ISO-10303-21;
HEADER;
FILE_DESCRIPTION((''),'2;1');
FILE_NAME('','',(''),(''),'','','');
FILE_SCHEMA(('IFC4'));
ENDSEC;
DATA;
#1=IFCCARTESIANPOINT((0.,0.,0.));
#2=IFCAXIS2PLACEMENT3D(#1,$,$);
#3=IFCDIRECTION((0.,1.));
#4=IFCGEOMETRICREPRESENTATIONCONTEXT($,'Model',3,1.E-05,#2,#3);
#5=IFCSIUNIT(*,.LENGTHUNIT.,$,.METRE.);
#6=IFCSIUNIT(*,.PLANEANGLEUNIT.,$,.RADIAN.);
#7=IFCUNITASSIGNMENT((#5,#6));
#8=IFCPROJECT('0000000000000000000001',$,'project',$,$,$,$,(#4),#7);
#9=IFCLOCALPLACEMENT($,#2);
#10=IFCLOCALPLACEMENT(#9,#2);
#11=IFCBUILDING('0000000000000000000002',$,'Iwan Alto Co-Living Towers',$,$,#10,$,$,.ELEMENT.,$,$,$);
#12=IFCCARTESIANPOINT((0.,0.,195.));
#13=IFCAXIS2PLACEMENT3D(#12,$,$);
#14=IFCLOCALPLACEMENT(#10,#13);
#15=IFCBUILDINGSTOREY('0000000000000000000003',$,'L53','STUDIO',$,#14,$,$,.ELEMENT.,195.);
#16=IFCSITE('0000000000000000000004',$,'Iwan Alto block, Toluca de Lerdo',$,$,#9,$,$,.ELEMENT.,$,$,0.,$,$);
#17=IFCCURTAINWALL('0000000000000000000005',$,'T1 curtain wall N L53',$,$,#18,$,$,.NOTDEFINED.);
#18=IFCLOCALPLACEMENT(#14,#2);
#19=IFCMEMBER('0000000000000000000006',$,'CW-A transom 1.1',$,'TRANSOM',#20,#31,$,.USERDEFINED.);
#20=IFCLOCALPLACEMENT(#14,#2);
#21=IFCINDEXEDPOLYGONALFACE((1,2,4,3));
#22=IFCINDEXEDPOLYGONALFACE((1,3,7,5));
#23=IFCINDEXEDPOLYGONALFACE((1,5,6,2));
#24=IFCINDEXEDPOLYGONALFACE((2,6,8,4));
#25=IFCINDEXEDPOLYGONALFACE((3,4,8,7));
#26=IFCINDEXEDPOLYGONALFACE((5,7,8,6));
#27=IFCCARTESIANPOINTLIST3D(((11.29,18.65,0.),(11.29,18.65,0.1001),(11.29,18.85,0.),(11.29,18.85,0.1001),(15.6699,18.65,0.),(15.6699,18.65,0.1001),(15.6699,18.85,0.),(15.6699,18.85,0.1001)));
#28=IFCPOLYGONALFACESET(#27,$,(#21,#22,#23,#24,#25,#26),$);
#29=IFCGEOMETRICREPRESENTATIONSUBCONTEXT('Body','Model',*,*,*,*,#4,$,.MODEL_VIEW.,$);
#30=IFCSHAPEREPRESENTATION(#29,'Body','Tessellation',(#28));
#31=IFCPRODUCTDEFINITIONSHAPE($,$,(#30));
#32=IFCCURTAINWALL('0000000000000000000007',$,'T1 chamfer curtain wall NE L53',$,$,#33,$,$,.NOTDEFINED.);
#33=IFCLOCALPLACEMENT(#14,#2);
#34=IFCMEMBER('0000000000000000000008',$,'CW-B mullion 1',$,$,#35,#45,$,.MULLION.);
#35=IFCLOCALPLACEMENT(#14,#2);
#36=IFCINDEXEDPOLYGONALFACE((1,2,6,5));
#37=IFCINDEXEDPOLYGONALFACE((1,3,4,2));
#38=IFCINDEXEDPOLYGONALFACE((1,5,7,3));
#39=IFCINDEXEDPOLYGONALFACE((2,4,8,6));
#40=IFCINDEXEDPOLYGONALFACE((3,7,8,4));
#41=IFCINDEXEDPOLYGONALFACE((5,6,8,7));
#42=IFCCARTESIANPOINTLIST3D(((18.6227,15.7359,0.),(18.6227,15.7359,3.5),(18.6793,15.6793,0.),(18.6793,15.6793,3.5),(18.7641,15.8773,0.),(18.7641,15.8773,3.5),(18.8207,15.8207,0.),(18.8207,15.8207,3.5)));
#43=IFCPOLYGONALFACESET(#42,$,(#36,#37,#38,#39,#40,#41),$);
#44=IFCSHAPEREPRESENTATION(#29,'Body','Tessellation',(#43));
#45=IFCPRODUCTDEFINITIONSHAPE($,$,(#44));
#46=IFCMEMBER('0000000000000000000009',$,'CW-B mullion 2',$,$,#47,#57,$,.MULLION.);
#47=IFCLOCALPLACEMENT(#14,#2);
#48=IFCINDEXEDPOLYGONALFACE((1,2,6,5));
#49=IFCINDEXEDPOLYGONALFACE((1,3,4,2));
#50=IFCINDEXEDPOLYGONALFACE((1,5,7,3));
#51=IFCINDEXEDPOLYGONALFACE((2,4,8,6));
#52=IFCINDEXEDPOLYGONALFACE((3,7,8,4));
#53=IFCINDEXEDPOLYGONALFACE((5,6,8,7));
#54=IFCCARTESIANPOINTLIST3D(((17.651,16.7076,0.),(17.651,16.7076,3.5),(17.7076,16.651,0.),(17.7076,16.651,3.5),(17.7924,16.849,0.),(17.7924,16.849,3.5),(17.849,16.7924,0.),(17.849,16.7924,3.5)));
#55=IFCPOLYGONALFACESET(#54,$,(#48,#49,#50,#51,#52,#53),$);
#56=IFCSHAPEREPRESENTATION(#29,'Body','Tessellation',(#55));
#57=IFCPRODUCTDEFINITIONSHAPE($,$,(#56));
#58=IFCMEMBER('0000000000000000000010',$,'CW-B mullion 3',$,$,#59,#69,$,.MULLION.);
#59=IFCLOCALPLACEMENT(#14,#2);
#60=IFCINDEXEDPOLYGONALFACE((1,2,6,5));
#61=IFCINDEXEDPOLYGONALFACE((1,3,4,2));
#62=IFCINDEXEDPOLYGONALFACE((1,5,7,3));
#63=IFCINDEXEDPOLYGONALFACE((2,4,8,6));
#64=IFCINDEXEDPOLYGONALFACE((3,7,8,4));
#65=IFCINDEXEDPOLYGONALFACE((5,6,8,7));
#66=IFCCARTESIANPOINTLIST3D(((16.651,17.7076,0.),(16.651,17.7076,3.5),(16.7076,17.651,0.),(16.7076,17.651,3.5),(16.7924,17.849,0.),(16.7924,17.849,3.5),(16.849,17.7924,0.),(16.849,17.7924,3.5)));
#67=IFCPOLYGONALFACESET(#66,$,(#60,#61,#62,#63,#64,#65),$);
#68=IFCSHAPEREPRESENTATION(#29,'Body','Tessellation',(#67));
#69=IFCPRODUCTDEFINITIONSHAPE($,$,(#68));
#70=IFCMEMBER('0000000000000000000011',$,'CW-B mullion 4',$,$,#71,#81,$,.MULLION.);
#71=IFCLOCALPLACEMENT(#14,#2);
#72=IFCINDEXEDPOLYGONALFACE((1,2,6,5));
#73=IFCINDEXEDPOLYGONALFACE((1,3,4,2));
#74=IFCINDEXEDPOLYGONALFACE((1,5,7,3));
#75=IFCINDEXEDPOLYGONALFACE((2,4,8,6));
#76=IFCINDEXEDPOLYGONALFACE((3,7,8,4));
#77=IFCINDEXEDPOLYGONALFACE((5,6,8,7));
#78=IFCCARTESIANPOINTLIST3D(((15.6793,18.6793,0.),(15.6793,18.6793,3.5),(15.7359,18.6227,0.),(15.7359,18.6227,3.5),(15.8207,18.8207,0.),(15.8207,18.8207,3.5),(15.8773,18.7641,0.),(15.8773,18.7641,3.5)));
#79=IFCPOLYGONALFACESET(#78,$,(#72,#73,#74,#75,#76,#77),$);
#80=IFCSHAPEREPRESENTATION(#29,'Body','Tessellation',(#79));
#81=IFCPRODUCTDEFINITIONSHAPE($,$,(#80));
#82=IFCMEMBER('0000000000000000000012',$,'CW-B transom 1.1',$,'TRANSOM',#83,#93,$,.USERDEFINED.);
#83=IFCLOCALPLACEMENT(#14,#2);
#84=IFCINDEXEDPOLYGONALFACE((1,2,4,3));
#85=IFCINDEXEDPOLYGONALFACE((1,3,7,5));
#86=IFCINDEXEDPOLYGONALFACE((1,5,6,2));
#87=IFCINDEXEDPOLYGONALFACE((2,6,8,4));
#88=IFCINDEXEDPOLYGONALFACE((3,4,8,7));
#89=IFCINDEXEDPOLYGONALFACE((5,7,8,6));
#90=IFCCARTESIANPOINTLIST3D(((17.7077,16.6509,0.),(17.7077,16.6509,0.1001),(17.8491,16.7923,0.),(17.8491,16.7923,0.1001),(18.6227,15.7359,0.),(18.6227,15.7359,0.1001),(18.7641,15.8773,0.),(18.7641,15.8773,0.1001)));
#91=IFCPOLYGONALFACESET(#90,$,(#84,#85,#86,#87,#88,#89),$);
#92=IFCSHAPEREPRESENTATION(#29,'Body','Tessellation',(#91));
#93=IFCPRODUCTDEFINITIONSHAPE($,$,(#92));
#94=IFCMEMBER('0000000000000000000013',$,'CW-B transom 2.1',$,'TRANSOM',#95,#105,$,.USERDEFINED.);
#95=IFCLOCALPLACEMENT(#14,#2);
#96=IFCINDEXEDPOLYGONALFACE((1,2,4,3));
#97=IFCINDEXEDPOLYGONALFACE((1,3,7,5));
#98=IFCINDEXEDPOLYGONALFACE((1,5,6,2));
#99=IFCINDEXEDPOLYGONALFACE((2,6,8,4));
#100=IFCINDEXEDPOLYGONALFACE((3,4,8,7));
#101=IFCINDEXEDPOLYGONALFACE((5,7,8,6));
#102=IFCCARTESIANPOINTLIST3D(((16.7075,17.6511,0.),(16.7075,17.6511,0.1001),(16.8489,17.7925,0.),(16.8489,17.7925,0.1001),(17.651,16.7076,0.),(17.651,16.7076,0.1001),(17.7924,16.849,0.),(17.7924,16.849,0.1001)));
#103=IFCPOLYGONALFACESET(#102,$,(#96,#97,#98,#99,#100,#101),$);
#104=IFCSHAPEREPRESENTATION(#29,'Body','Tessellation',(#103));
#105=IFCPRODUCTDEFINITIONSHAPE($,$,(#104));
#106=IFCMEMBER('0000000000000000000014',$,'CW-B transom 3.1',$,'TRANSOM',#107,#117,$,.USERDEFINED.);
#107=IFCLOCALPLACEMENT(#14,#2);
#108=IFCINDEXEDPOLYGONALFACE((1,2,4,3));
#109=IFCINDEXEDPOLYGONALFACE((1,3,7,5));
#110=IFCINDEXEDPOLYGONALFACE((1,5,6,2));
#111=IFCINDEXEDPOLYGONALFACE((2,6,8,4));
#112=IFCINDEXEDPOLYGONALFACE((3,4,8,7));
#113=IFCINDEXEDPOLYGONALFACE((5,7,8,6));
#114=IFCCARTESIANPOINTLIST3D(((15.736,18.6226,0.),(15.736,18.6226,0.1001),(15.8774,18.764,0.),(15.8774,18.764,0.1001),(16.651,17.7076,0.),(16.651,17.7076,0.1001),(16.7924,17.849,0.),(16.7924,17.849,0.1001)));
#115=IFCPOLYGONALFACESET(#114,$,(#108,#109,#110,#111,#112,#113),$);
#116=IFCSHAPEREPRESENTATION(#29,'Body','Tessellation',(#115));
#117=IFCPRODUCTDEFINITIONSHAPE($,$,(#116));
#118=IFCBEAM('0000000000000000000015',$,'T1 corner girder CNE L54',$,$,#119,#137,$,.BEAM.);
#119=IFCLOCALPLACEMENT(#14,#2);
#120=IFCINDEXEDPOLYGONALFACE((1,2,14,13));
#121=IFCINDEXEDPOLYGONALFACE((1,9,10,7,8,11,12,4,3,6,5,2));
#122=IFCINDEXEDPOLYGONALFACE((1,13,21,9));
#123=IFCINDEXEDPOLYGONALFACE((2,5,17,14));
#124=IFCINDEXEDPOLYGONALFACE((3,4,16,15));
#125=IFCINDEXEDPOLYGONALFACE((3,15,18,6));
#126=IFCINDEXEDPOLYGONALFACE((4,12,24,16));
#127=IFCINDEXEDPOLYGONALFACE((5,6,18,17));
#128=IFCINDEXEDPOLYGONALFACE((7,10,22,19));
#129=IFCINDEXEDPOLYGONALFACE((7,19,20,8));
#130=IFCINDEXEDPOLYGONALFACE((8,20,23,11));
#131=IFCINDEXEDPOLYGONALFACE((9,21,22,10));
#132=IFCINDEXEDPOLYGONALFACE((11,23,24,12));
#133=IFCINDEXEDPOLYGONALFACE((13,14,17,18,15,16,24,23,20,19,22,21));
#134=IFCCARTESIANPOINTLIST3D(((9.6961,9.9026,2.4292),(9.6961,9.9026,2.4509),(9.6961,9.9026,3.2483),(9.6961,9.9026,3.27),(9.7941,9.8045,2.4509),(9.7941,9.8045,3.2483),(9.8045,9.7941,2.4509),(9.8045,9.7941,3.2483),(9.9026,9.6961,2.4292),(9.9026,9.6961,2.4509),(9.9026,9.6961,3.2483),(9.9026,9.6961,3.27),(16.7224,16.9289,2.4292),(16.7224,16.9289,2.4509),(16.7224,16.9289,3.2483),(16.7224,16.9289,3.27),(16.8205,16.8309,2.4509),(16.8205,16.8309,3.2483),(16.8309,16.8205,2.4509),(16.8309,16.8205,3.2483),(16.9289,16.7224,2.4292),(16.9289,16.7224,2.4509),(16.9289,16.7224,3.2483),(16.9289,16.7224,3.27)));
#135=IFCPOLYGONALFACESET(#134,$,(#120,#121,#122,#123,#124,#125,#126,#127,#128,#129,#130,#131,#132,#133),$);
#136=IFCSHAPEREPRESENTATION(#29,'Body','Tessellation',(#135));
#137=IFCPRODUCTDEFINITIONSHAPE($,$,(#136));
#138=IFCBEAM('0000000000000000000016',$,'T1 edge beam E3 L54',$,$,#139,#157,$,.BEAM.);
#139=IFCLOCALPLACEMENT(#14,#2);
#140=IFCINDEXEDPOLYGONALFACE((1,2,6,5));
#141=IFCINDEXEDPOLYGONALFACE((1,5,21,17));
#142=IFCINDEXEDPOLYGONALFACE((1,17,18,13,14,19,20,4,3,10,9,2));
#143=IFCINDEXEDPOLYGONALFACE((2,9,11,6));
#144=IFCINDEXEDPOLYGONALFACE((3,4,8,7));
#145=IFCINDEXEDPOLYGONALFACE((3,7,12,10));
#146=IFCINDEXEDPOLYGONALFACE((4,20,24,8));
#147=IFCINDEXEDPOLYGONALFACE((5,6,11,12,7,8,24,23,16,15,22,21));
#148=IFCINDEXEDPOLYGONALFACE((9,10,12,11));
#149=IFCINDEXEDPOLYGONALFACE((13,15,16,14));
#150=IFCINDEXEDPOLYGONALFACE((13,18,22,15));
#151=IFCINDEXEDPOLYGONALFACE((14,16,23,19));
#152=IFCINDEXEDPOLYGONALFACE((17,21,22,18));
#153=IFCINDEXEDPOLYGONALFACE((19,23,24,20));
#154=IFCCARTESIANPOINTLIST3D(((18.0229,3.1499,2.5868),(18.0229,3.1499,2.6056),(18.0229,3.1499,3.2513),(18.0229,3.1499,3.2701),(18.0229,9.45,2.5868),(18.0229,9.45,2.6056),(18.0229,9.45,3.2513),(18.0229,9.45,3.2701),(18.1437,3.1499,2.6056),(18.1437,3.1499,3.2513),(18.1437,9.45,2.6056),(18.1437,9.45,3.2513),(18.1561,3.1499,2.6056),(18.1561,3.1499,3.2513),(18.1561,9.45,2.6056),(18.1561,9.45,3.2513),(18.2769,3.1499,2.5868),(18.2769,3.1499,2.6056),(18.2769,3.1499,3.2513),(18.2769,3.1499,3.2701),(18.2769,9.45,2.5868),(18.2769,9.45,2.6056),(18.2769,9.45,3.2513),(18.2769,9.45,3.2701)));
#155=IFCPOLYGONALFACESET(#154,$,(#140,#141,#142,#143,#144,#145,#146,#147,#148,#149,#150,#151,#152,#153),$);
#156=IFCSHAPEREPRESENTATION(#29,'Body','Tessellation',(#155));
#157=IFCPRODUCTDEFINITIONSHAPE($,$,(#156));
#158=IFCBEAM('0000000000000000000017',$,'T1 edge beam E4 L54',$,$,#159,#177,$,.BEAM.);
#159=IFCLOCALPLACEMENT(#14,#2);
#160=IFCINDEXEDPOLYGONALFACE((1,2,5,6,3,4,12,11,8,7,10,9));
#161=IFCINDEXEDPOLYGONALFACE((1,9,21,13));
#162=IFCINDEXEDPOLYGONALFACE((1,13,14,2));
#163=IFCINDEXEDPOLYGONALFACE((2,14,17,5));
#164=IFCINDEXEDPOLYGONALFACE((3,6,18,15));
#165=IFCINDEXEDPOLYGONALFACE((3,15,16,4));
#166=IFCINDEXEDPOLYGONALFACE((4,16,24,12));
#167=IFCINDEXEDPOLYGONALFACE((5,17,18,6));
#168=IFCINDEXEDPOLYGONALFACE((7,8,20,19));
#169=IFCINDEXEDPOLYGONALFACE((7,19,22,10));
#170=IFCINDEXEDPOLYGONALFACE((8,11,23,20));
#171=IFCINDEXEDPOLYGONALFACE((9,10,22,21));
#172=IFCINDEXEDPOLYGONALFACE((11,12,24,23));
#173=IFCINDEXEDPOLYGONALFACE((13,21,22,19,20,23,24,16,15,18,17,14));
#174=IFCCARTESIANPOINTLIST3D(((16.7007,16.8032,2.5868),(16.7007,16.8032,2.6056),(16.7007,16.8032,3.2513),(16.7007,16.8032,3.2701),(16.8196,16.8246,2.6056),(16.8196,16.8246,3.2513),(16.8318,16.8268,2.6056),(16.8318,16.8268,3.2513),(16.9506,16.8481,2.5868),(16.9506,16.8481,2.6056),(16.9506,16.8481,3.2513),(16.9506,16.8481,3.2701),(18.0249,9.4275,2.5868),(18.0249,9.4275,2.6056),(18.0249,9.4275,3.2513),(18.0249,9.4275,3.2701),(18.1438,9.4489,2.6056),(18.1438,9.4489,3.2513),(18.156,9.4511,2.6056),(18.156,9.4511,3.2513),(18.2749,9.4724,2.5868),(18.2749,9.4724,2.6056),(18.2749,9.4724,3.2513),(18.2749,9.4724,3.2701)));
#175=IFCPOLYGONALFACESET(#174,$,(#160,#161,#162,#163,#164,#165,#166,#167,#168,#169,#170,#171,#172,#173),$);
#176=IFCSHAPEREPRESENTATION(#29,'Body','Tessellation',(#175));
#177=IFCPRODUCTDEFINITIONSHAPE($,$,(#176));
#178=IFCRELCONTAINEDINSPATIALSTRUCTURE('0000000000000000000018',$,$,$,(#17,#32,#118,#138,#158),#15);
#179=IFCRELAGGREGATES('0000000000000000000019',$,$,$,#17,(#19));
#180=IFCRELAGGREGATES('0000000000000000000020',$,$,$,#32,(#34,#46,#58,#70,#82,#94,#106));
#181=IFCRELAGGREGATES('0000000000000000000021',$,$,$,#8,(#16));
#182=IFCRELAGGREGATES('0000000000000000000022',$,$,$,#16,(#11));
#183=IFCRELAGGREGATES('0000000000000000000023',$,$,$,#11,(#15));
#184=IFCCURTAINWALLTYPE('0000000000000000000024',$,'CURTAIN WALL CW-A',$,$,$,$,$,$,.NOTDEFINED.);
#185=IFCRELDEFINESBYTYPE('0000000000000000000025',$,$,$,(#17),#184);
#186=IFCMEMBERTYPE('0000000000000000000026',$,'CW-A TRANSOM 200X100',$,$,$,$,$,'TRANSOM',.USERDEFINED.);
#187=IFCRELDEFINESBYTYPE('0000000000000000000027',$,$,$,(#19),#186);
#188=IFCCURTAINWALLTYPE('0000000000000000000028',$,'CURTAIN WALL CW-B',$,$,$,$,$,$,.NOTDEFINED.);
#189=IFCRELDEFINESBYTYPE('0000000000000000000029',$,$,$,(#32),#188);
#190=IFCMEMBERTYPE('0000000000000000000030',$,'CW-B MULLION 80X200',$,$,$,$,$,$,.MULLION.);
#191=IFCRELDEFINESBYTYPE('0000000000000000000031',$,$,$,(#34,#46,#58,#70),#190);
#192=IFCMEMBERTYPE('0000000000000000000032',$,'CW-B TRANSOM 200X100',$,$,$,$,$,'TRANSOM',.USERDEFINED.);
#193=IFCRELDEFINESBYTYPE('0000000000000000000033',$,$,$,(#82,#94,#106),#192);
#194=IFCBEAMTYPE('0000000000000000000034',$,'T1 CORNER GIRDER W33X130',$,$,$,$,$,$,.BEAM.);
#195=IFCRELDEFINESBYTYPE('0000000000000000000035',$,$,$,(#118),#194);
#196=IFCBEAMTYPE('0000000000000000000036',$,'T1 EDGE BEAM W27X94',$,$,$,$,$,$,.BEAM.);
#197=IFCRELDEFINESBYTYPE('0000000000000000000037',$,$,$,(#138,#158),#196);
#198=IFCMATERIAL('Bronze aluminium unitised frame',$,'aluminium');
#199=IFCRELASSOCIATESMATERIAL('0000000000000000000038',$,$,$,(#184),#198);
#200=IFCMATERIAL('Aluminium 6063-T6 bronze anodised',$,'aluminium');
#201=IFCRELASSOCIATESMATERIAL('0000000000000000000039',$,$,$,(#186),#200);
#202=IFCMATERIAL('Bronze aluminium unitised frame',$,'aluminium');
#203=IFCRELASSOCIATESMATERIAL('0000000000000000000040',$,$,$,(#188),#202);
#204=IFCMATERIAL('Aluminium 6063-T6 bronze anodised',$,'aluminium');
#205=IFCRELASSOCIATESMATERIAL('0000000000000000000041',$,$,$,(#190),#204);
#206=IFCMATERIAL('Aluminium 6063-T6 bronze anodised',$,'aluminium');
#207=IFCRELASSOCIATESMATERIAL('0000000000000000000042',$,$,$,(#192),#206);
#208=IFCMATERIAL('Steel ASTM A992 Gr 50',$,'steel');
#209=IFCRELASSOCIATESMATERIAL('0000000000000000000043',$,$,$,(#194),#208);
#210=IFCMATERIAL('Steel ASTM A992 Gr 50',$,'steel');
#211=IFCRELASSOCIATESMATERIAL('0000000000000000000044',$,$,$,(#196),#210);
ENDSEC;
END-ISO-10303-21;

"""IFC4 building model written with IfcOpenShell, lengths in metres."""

from ifc_helpers import new_model, si_unit, direction, frame, origin, origin_2d, place, context, subcontext, project, spatial, rectangle, i_section, extrude, material, material_profile, profile_set, type_object, element, aggregate, save


model = new_model("IFC4")

# Units and contexts
model_context = context("Model", 3, precision=1e-05, world=origin(), true_north=direction((0.0, 1.0)))
body_context = subcontext(model_context, "Body", "Model", "MODEL_VIEW")
ifc_project = project(units=[si_unit("LENGTHUNIT", "METRE"), si_unit("PLANEANGLEUNIT", "RADIAN")], contexts=[model_context])

# Site, building, storey
site_placement = place(None, origin())
site = spatial("IfcSite", under=ifc_project, at=site_placement, Name="Iwan Alto block, Toluca de Lerdo", CompositionType="ELEMENT", RefElevation=0.0)
building_placement = place(site_placement, origin())
building = spatial("IfcBuilding", under=site, at=building_placement, Name="Iwan Alto Co-Living Towers", CompositionType="ELEMENT")
storey_placement = place(building_placement, frame((0.0, 0.0, 195.0)))
storey = spatial("IfcBuildingStorey", under=building, at=storey_placement, Name="L53", Description="STUDIO", CompositionType="ELEMENT", Elevation=195.0)

# Shared definitions
ifc_material_1 = material(Name="Bronze aluminium unitised frame", Category="aluminium")
curtain_wall_type_1 = type_object("IfcCurtainWallType", Name="CURTAIN WALL CW-A", PredefinedType="NOTDEFINED", material=ifc_material_1)

# Curtain wall
curtain_wall_1_placement = place(storey_placement, origin())
curtain_wall_1 = element("IfcCurtainWall", 1, at=curtain_wall_1_placement, inside=storey, type_object=curtain_wall_type_1, Name="T1 curtain wall N L53", PredefinedType="NOTDEFINED")

# Member
ifc_material_2 = material(Name="Aluminium 6063-T6 bronze anodised", Category="aluminium")
ifc_material_profile_1 = material_profile(ifc_material_2, rectangle(XDim=0.2, YDim=0.1001, at=origin_2d()), Name="AL 200X100")
ifc_profile_set_1 = profile_set([ifc_material_profile_1], Name="Aluminium 6063-T6 bronze anodised")
member_type_1 = type_object("IfcMemberType", Name="CW-A TRANSOM 200X100", ElementType="TRANSOM", PredefinedType="USERDEFINED", material=ifc_profile_set_1)
member_1_placement = place(storey_placement, frame((15.6699, 18.75, 0.05), z_axis=(-1.0, 0.0, 0.0), x_axis=(0.0, -1.0, 0.0)))
member_1 = element("IfcMember", 2, at=member_1_placement, type_object=member_type_1, Name="CW-A transom 1.1", ObjectType="TRANSOM", PredefinedType="USERDEFINED", context=body_context, shape_type="SweptSolid", body=[
    extrude(rectangle(XDim=0.2, YDim=0.1001, at=origin_2d()), origin(), (0.0, 0.0, 1.0), 4.3799),
])
aggregate(curtain_wall_1, [member_1])

# Curtain wall, members
ifc_material_3 = material(Name="Bronze aluminium unitised frame", Category="aluminium")
curtain_wall_type_2 = type_object("IfcCurtainWallType", Name="CURTAIN WALL CW-B", PredefinedType="NOTDEFINED", material=ifc_material_3)
curtain_wall_2_placement = place(storey_placement, origin())
curtain_wall_2 = element("IfcCurtainWall", 3, at=curtain_wall_2_placement, inside=storey, type_object=curtain_wall_type_2, Name="T1 chamfer curtain wall NE L53", PredefinedType="NOTDEFINED")
ifc_material_4 = material(Name="Aluminium 6063-T6 bronze anodised", Category="aluminium")
ifc_material_profile_2 = material_profile(ifc_material_4, rectangle(XDim=0.2, YDim=0.0801, at=origin_2d()), Name="AL 80X200")
ifc_profile_set_2 = profile_set([ifc_material_profile_2], Name="Aluminium 6063-T6 bronze anodised")
member_type_2 = type_object("IfcMemberType", Name="CW-B MULLION 80X200", PredefinedType="MULLION", material=ifc_profile_set_2)
member_2_placement = place(storey_placement, frame((18.7217, 15.7783, 0.0), z_axis=(0.0, 0.0, 1.0), x_axis=(-0.707107, -0.707107, 0.0)))
member_2 = element("IfcMember", 4, at=member_2_placement, type_object=member_type_2, Name="CW-B mullion 1", PredefinedType="MULLION", context=body_context, shape_type="SweptSolid", body=[
    extrude(rectangle(XDim=0.2, YDim=0.0801, at=origin_2d()), origin(), (0.0, 0.0, 1.0), 3.5),
])
member_3_placement = place(storey_placement, frame((17.75, 16.75, 0.0), z_axis=(0.0, 0.0, 1.0), x_axis=(-0.707107, -0.707107, 0.0)))
member_3 = element("IfcMember", 5, at=member_3_placement, type_object=member_type_2, Name="CW-B mullion 2", PredefinedType="MULLION", context=body_context, shape_type="SweptSolid", body=[
    extrude(rectangle(XDim=0.2, YDim=0.0801, at=origin_2d()), origin(), (0.0, 0.0, 1.0), 3.5),
])
member_4_placement = place(storey_placement, frame((16.75, 17.75, 0.0), z_axis=(0.0, 0.0, 1.0), x_axis=(-0.707107, -0.707107, 0.0)))
member_4 = element("IfcMember", 6, at=member_4_placement, type_object=member_type_2, Name="CW-B mullion 3", PredefinedType="MULLION", context=body_context, shape_type="SweptSolid", body=[
    extrude(rectangle(XDim=0.2, YDim=0.0801, at=origin_2d()), origin(), (0.0, 0.0, 1.0), 3.5),
])
member_5_placement = place(storey_placement, frame((15.7783, 18.7217, 0.0), z_axis=(0.0, 0.0, 1.0), x_axis=(-0.707107, -0.707107, 0.0)))
member_5 = element("IfcMember", 7, at=member_5_placement, type_object=member_type_2, Name="CW-B mullion 4", PredefinedType="MULLION", context=body_context, shape_type="SweptSolid", body=[
    extrude(rectangle(XDim=0.2, YDim=0.0801, at=origin_2d()), origin(), (0.0, 0.0, 1.0), 3.5),
])
ifc_material_5 = material(Name="Aluminium 6063-T6 bronze anodised", Category="aluminium")
ifc_material_profile_3 = material_profile(ifc_material_5, rectangle(XDim=0.2, YDim=0.1001, at=origin_2d()), Name="AL 200X100")
ifc_profile_set_3 = profile_set([ifc_material_profile_3], Name="Aluminium 6063-T6 bronze anodised")
member_type_3 = type_object("IfcMemberType", Name="CW-B TRANSOM 200X100", ElementType="TRANSOM", PredefinedType="USERDEFINED", material=ifc_profile_set_3)
member_6_placement = place(storey_placement, frame((18.6934, 15.8066, 0.05), z_axis=(-0.707107, 0.707107, 0.0), x_axis=(-0.707107, -0.707107, 0.0)))
member_6 = element("IfcMember", 8, at=member_6_placement, type_object=member_type_3, Name="CW-B transom 1.1", ObjectType="TRANSOM", PredefinedType="USERDEFINED", context=body_context, shape_type="SweptSolid", body=[
    extrude(rectangle(XDim=0.2, YDim=0.1001, at=origin_2d()), origin(), (0.0, 0.0, 1.0), 1.2939),
])
member_7_placement = place(storey_placement, frame((17.7217, 16.7783, 0.05), z_axis=(-0.707107, 0.707107, 0.0), x_axis=(-0.707107, -0.707107, 0.0)))
member_7 = element("IfcMember", 9, at=member_7_placement, type_object=member_type_3, Name="CW-B transom 2.1", ObjectType="TRANSOM", PredefinedType="USERDEFINED", context=body_context, shape_type="SweptSolid", body=[
    extrude(rectangle(XDim=0.2, YDim=0.1001, at=origin_2d()), origin(), (0.0, 0.0, 1.0), 1.3342),
])
member_8_placement = place(storey_placement, frame((16.7217, 17.7783, 0.05), z_axis=(-0.707107, 0.707107, 0.0), x_axis=(-0.707107, -0.707107, 0.0)))
member_8 = element("IfcMember", 10, at=member_8_placement, type_object=member_type_3, Name="CW-B transom 3.1", ObjectType="TRANSOM", PredefinedType="USERDEFINED", context=body_context, shape_type="SweptSolid", body=[
    extrude(rectangle(XDim=0.2, YDim=0.1001, at=origin_2d()), origin(), (0.0, 0.0, 1.0), 1.2939),
])

# Beams
ifc_material_6 = material(Name="Steel ASTM A992 Gr 50", Category="steel")
ifc_material_profile_4 = material_profile(ifc_material_6, i_section(OverallWidth=0.292, OverallDepth=0.8408, WebThickness=0.0146, FlangeThickness=0.0217, at=origin_2d()), Name="W33X130")
ifc_profile_set_4 = profile_set([ifc_material_profile_4], Name="Steel ASTM A992 Gr 50")
beam_type_1 = type_object("IfcBeamType", Name="T1 CORNER GIRDER W33X130", PredefinedType="BEAM", material=ifc_profile_set_4)
beam_1_placement = place(storey_placement, frame((16.8257, 16.8257, 2.8496), z_axis=(-0.707107, -0.707107, 0.0), x_axis=(0.707107, -0.707107, 0.0)))
element("IfcBeam", 11, at=beam_1_placement, inside=storey, type_object=beam_type_1, Name="T1 corner girder CNE L54", PredefinedType="BEAM", context=body_context, shape_type="SweptSolid", body=[
    extrude(i_section(OverallWidth=0.292, OverallDepth=0.8408, WebThickness=0.0146, FlangeThickness=0.0217, at=origin_2d()), origin(), (0.0, 0.0, 1.0), 9.9368),
])
ifc_material_7 = material(Name="Steel ASTM A992 Gr 50", Category="steel")
ifc_material_profile_5 = material_profile(ifc_material_7, i_section(OverallWidth=0.2539, OverallDepth=0.6833, WebThickness=0.0125, FlangeThickness=0.0188, at=origin_2d()), Name="W27X94")
ifc_profile_set_5 = profile_set([ifc_material_profile_5], Name="Steel ASTM A992 Gr 50")
beam_type_2 = type_object("IfcBeamType", Name="T1 EDGE BEAM W27X94", PredefinedType="BEAM", material=ifc_profile_set_5)
beam_2_placement = place(storey_placement, frame((18.1499, 3.1499, 2.9285), z_axis=(0.0, 1.0, 0.0), x_axis=(-1.0, 0.0, 0.0)))
element("IfcBeam", 12, at=beam_2_placement, inside=storey, type_object=beam_type_2, Name="T1 edge beam E3 L54", PredefinedType="BEAM", context=body_context, shape_type="SweptSolid", body=[
    extrude(i_section(OverallWidth=0.2539, OverallDepth=0.6833, WebThickness=0.0125, FlangeThickness=0.0188, at=origin_2d()), origin(), (0.0, 0.0, 1.0), 6.3),
])
for number, where, z_axis, x_axis, name in (
    (13, (18.1499, 9.45, 2.9285), (-0.176712, 0.984263, 0.0), (-0.984263, -0.176712, 0.0), "T1 edge beam E4 L54"),
):
    element("IfcBeam", number, at=place(storey_placement, frame(where, z_axis=z_axis, x_axis=x_axis)), inside=storey, type_object=beam_type_2, Name=name, PredefinedType="BEAM", context=body_context, shape_type="SweptSolid", body=[
        extrude(i_section(OverallWidth=0.2539, OverallDepth=0.6833, WebThickness=0.0125, FlangeThickness=0.0188, at=origin_2d()), origin(), (0.0, 0.0, 1.0), 7.4937),
    ])

aggregate(curtain_wall_2, [member_2, member_3, member_4, member_5, member_6, member_7, member_8])

save(model, "model.ifc")
